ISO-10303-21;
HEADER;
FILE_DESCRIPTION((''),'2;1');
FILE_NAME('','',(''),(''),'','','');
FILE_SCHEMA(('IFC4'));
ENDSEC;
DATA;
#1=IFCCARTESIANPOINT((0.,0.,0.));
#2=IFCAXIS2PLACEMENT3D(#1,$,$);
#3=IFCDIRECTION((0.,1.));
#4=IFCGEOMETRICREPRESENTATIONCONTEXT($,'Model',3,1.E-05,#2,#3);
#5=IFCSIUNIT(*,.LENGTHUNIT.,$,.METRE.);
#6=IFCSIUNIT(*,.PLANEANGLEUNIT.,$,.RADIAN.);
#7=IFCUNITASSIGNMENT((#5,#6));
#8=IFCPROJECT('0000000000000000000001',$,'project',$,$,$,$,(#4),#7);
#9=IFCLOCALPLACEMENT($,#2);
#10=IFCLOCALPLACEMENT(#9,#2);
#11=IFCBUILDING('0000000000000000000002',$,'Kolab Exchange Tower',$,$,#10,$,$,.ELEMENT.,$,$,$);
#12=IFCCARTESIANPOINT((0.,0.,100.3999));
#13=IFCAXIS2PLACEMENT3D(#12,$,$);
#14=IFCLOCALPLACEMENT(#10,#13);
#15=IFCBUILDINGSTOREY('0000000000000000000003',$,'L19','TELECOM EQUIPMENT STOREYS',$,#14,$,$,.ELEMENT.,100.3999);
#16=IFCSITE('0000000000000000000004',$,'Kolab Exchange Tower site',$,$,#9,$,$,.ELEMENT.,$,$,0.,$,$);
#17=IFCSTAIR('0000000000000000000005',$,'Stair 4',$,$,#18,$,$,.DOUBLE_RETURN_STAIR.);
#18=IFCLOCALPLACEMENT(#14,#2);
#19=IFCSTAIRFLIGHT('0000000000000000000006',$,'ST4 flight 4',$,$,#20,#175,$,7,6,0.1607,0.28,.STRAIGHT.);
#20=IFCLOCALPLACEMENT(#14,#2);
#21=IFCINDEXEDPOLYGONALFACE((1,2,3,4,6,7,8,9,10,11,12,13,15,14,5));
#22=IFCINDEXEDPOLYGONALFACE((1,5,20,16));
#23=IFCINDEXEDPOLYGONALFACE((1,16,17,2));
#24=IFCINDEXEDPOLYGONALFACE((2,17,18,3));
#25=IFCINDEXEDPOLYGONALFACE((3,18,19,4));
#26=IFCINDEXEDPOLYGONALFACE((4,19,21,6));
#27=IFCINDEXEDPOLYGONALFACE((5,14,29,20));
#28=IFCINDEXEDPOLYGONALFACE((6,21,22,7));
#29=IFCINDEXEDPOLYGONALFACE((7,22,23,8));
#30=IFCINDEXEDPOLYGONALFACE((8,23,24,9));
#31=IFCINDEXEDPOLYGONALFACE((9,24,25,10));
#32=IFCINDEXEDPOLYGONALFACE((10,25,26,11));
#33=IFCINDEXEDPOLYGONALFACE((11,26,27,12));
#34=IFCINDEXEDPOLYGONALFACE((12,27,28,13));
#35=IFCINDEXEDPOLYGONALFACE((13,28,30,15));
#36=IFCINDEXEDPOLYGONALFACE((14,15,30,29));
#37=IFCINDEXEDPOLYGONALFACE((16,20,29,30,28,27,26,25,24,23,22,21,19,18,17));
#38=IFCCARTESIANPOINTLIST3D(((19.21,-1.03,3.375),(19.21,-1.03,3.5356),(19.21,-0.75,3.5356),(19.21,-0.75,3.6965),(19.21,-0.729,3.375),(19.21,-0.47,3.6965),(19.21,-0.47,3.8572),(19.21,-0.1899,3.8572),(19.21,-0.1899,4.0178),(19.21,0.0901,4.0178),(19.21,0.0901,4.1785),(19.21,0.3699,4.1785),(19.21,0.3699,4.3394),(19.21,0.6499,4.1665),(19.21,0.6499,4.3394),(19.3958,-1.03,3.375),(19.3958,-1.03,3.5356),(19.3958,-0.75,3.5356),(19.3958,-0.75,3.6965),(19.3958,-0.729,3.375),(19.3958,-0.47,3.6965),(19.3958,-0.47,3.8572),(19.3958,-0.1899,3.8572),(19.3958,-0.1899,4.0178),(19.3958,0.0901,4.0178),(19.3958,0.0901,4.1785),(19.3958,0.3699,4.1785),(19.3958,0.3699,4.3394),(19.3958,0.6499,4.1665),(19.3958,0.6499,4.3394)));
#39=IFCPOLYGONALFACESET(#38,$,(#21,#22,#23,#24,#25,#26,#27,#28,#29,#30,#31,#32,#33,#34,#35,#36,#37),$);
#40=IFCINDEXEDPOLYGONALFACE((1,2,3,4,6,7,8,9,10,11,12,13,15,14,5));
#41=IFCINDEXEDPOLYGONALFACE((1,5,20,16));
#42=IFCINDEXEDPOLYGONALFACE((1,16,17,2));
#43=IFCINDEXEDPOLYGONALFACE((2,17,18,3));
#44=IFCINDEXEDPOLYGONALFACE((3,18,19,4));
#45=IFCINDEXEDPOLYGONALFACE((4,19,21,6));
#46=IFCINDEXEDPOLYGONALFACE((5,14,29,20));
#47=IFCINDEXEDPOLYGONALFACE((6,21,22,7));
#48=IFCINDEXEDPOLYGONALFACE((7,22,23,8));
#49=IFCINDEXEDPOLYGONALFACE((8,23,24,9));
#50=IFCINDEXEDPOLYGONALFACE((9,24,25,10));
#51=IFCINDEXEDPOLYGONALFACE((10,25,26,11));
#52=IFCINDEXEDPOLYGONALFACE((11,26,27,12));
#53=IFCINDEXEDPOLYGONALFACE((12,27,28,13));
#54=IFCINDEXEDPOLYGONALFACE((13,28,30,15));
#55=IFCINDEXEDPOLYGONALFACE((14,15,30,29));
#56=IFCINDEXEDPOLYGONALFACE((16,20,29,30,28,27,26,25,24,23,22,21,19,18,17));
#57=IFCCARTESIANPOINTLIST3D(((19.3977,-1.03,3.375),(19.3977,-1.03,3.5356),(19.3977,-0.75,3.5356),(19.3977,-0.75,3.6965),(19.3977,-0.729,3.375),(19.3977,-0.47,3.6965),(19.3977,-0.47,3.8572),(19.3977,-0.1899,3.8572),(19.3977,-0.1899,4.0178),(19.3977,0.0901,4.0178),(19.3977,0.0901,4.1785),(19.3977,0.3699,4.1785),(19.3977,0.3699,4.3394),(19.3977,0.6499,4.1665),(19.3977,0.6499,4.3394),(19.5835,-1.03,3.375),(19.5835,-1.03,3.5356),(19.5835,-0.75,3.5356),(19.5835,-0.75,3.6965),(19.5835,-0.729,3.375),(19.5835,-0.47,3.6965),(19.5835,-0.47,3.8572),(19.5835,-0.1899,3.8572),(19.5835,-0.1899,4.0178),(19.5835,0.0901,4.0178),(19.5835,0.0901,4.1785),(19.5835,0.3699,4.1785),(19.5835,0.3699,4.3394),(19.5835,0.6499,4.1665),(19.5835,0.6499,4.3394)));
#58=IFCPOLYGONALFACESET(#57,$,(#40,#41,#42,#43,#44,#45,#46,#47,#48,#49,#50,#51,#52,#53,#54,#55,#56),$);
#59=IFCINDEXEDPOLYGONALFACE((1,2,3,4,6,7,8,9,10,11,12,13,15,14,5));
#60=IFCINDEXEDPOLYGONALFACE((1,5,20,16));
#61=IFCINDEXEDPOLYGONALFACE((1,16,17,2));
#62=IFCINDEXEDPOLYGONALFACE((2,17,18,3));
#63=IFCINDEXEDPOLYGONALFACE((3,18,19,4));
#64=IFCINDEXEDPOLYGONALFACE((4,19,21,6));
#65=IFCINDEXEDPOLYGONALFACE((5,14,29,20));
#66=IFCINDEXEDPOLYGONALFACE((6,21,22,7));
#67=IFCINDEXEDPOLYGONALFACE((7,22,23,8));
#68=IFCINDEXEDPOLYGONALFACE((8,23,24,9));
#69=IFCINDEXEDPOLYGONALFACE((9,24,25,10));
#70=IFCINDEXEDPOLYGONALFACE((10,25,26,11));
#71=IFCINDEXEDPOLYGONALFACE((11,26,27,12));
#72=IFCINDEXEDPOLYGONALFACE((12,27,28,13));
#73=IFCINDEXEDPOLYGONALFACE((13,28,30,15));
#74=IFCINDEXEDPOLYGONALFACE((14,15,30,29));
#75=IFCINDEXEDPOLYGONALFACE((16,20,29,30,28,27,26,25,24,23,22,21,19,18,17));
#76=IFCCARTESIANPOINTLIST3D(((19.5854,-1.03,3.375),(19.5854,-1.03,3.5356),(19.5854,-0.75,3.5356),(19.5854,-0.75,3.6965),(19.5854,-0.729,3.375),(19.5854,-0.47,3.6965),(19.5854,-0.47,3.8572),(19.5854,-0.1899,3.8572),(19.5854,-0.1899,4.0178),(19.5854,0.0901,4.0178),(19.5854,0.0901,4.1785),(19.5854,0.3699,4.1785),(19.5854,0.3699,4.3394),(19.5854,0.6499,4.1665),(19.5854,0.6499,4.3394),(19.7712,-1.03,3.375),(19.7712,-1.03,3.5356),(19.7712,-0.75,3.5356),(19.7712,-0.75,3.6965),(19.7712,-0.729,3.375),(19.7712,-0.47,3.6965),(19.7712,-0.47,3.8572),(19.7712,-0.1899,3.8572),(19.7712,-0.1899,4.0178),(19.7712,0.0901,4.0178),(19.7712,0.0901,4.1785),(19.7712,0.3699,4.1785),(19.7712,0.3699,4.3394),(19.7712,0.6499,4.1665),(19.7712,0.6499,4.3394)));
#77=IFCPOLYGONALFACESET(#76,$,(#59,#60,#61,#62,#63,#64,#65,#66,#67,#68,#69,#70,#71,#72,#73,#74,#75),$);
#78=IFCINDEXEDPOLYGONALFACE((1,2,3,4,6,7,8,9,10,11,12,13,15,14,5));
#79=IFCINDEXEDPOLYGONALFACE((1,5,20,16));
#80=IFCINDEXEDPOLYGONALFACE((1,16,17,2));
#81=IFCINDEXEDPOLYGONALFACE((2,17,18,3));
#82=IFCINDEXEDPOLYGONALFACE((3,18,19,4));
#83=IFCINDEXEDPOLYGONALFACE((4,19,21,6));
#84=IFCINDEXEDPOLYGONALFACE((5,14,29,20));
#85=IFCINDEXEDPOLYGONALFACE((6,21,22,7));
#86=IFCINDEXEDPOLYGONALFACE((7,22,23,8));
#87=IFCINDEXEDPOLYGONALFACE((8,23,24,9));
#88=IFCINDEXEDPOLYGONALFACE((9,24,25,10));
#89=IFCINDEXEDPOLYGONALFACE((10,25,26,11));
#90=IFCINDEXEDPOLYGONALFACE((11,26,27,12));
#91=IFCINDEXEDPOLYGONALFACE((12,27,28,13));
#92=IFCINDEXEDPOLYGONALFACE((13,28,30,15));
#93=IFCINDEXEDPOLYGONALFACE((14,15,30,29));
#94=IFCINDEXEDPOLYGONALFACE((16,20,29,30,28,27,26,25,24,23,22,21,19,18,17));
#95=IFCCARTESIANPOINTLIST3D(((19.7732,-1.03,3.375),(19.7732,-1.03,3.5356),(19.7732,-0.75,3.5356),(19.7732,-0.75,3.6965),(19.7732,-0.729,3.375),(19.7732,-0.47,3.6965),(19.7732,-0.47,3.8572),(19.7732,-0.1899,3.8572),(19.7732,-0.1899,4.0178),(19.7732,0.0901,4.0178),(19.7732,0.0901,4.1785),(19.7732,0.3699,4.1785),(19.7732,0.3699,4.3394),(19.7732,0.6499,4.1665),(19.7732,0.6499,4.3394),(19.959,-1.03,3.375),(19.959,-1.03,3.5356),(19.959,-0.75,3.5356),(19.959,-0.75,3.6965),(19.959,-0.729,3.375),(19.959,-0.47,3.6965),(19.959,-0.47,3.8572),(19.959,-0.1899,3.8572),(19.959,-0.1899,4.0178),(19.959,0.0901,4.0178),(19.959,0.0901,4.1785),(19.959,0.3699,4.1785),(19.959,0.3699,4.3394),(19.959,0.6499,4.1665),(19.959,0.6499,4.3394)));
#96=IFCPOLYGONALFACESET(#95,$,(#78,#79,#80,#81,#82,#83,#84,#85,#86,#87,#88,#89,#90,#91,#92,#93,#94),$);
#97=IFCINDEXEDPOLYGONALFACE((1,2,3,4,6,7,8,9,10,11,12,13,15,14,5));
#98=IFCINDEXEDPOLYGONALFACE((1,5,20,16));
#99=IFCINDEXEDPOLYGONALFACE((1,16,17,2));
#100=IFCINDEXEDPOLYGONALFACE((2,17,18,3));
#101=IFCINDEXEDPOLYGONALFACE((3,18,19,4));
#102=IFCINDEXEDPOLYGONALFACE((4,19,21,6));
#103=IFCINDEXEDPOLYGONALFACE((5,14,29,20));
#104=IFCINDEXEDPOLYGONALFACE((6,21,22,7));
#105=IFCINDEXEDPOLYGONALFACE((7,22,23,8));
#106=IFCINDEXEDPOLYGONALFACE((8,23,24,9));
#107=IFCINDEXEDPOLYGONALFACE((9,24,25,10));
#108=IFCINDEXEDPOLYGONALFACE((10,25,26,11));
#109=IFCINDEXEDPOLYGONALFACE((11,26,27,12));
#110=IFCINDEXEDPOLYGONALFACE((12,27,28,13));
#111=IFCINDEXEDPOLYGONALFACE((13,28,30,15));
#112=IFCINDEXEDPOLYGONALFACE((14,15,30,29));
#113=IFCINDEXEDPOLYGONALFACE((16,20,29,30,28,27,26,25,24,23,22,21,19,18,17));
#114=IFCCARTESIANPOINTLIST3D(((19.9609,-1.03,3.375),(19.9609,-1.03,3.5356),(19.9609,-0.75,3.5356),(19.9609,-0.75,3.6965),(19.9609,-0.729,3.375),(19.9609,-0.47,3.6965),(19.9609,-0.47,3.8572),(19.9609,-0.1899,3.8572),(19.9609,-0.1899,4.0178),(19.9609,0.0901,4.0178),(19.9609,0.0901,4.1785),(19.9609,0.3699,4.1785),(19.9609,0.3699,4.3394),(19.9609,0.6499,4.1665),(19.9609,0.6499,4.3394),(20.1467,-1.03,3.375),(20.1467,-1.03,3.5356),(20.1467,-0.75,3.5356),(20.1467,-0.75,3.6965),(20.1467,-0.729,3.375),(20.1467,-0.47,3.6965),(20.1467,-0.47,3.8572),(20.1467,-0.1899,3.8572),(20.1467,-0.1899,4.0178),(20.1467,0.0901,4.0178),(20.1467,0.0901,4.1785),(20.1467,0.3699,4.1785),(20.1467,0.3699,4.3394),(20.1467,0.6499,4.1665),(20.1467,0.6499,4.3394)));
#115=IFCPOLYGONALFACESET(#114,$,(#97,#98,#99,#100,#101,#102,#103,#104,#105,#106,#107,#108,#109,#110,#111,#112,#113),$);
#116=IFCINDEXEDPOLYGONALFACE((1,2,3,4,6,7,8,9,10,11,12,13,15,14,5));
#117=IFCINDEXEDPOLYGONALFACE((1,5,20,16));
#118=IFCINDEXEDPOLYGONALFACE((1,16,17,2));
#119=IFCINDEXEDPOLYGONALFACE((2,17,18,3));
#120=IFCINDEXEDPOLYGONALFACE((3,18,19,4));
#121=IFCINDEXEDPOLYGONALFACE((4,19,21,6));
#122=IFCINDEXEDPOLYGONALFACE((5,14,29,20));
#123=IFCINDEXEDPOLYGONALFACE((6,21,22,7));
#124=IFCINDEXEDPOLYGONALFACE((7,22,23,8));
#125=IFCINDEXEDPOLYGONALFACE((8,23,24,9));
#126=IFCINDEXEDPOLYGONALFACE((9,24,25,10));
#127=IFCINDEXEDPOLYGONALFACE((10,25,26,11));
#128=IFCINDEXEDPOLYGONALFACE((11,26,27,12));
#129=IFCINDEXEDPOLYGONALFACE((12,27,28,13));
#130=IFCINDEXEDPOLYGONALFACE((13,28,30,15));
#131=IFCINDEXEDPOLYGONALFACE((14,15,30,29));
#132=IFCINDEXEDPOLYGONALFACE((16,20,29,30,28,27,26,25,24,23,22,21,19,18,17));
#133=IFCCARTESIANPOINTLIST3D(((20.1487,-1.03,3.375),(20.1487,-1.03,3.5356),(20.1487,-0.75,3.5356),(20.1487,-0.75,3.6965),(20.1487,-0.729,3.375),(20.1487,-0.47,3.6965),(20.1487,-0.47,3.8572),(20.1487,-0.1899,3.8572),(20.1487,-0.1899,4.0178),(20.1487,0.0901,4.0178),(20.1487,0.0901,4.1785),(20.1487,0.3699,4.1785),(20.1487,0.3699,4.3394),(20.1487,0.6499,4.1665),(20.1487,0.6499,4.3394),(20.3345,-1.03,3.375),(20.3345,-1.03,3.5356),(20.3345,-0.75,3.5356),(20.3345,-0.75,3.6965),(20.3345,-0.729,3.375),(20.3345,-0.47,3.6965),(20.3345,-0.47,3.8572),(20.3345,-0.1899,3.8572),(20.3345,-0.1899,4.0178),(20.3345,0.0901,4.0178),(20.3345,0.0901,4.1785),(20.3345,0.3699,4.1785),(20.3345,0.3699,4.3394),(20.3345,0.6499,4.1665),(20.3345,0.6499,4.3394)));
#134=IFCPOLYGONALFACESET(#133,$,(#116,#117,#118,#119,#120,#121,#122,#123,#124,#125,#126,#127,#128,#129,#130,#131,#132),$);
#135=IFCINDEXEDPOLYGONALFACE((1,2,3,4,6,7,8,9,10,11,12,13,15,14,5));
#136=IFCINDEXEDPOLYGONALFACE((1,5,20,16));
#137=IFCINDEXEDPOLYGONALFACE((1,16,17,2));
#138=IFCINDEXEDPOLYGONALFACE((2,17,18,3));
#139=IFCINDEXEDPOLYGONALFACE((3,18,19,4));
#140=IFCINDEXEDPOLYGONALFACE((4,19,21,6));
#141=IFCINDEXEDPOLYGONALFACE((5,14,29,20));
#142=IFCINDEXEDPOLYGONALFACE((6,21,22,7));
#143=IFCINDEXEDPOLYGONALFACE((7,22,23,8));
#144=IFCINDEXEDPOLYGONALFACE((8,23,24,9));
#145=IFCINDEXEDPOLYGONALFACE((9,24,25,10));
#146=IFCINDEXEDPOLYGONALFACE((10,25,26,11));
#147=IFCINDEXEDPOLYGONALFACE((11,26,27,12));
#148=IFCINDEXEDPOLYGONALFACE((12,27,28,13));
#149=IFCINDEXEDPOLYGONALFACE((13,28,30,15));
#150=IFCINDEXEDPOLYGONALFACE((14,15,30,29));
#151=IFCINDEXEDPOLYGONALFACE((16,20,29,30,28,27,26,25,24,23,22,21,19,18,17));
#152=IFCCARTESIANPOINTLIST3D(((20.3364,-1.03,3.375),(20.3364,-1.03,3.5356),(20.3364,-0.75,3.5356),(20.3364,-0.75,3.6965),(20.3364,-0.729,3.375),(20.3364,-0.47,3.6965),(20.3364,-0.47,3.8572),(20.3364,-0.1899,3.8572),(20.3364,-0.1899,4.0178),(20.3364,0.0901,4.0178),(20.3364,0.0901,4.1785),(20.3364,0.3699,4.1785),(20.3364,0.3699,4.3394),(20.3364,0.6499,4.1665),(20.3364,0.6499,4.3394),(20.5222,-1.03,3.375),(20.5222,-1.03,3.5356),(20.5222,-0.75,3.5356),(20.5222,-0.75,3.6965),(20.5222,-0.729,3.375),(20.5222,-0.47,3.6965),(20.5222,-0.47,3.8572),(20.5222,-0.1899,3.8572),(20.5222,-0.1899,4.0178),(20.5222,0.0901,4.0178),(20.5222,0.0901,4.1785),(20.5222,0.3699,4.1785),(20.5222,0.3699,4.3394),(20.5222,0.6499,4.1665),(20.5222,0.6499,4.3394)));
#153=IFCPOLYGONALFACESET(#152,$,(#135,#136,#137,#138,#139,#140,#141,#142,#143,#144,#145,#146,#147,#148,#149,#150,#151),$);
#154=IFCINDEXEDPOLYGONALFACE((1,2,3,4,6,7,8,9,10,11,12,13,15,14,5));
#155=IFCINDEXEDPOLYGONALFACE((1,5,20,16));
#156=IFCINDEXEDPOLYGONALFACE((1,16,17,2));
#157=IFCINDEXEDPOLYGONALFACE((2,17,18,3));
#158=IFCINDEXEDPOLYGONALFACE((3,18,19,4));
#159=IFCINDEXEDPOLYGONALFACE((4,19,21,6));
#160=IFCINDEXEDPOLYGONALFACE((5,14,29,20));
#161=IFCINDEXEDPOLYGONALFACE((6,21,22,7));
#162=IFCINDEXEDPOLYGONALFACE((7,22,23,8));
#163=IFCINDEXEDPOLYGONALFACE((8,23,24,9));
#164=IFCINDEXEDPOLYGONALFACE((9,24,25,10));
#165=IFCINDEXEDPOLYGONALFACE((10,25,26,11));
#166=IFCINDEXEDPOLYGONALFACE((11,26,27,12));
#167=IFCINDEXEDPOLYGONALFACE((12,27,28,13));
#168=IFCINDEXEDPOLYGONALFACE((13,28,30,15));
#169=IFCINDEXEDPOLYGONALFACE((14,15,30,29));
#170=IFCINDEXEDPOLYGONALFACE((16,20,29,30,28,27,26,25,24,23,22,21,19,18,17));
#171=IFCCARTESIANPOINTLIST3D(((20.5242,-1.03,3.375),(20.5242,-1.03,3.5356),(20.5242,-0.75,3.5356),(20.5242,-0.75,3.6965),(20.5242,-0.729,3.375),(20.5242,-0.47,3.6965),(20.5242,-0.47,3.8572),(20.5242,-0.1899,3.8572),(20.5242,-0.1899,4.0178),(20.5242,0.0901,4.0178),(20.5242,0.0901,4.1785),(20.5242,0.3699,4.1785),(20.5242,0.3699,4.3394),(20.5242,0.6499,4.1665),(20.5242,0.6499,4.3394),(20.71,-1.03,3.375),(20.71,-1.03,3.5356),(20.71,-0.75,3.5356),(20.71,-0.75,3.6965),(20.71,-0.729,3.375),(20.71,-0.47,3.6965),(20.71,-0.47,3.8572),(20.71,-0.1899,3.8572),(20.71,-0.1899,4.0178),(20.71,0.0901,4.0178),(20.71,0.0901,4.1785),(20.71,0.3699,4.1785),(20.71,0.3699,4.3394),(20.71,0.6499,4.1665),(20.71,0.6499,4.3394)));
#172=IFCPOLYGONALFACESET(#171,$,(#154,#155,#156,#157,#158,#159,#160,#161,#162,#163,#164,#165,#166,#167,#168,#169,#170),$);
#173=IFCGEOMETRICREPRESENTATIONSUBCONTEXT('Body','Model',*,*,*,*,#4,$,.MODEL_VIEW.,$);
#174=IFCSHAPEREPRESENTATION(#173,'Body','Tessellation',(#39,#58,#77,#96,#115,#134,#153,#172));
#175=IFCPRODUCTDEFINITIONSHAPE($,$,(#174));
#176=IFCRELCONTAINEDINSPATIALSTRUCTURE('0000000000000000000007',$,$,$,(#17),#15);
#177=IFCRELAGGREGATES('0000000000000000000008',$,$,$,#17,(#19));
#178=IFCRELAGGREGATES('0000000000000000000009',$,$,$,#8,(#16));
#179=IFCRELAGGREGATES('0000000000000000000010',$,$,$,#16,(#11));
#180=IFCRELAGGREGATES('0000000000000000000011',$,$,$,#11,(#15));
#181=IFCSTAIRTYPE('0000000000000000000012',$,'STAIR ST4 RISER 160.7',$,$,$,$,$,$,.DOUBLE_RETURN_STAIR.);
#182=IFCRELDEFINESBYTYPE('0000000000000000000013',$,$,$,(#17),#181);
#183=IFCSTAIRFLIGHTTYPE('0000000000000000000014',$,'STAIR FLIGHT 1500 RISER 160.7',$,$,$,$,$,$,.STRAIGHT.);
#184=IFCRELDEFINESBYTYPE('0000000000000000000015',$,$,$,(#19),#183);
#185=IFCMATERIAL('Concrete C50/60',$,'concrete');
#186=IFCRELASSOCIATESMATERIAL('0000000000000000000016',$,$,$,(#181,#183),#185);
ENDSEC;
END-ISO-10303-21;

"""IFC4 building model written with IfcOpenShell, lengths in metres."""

from ifc_helpers import new_model, si_unit, direction, frame, origin, place, context, subcontext, project, spatial, polyline, outline, extrude, material, type_object, element, aggregate, save


model = new_model("IFC4")

# Units and contexts
model_context = context("Model", 3, precision=1e-05, world=origin(), true_north=direction((0.0, 1.0)))
body_context = subcontext(model_context, "Body", "Model", "MODEL_VIEW")
ifc_project = project(units=[si_unit("LENGTHUNIT", "METRE"), si_unit("PLANEANGLEUNIT", "RADIAN")], contexts=[model_context])

# Site, building, storey
site_placement = place(None, origin())
site = spatial("IfcSite", under=ifc_project, at=site_placement, Name="Kolab Exchange Tower site", CompositionType="ELEMENT", RefElevation=0.0)
building_placement = place(site_placement, origin())
building = spatial("IfcBuilding", under=site, at=building_placement, Name="Kolab Exchange Tower", CompositionType="ELEMENT")
storey_placement = place(building_placement, frame((0.0, 0.0, 100.3999)))
storey = spatial("IfcBuildingStorey", under=building, at=storey_placement, Name="L19", Description="TELECOM EQUIPMENT STOREYS", CompositionType="ELEMENT", Elevation=100.3999)

# Shared definitions
ifc_material_1 = material(Name="Concrete C50/60", Category="concrete")

# Stair, stair flight
stair_type = type_object("IfcStairType", Name="STAIR ST4 RISER 160.7", PredefinedType="DOUBLE_RETURN_STAIR", material=ifc_material_1)
stair_placement = place(storey_placement, origin())
stair = element("IfcStair", 1, at=stair_placement, inside=storey, type_object=stair_type, Name="Stair 4", PredefinedType="DOUBLE_RETURN_STAIR")
stair_flight_type = type_object("IfcStairFlightType", Name="STAIR FLIGHT 1500 RISER 160.7", PredefinedType="STRAIGHT", material=ifc_material_1)
stair_flight_1_placement = place(storey_placement, frame((19.96, -1.03, 3.375), z_axis=(0.0, 0.0, 1.0), x_axis=(0.0, 1.0, 0.0)))
stair_flight_1 = element("IfcStairFlight", 2, at=stair_flight_1_placement, type_object=stair_flight_type, Name="ST4 flight 4", NumberOfRisers=7, NumberOfTreads=6, PredefinedType="STRAIGHT", RiserHeight=0.1607, TreadLength=0.28, context=body_context, shape_type="SweptSolid", body=[
    extrude(outline(polyline([(0.0, 0.0), (0.0, 0.1606), (0.28, 0.1606), (0.28, 0.3215), (0.5601, 0.3215), (0.5601, 0.4822), (0.8401, 0.4822), (0.8401, 0.6428), (1.1201, 0.6428), (1.1201, 0.8035), (1.3999, 0.8035), (1.3999, 0.9644), (1.6799, 0.9644), (1.6799, 1.125), (1.6799, 0.7915), (0.301, 0.0), (0.0, 0.0)])), frame((0.0, 0.75, 0.0), z_axis=(0.0, -1.0, 0.0), x_axis=(1.0, 0.0, 0.0)), (0.0, 0.0, 1.0), 0.1858),
    extrude(outline(polyline([(0.0, 0.0), (0.0, 0.1606), (0.28, 0.1606), (0.28, 0.3215), (0.5601, 0.3215), (0.5601, 0.4822), (0.8401, 0.4822), (0.8401, 0.6428), (1.1201, 0.6428), (1.1201, 0.8035), (1.3999, 0.8035), (1.3999, 0.9644), (1.6799, 0.9644), (1.6799, 1.125), (1.6799, 0.7915), (0.301, 0.0), (0.0, 0.0)])), frame((0.0, 0.5623, 0.0), z_axis=(0.0, -1.0, 0.0), x_axis=(1.0, 0.0, 0.0)), (0.0, 0.0, 1.0), 0.1858),
    extrude(outline(polyline([(0.0, 0.0), (0.0, 0.1606), (0.28, 0.1606), (0.28, 0.3215), (0.5601, 0.3215), (0.5601, 0.4822), (0.8401, 0.4822), (0.8401, 0.6428), (1.1201, 0.6428), (1.1201, 0.8035), (1.3999, 0.8035), (1.3999, 0.9644), (1.6799, 0.9644), (1.6799, 1.125), (1.6799, 0.7915), (0.301, 0.0), (0.0, 0.0)])), frame((0.0, 0.3745, 0.0), z_axis=(0.0, -1.0, 0.0), x_axis=(1.0, 0.0, 0.0)), (0.0, 0.0, 1.0), 0.1858),
    extrude(outline(polyline([(0.0, 0.0), (0.0, 0.1606), (0.28, 0.1606), (0.28, 0.3215), (0.5601, 0.3215), (0.5601, 0.4822), (0.8401, 0.4822), (0.8401, 0.6428), (1.1201, 0.6428), (1.1201, 0.8035), (1.3999, 0.8035), (1.3999, 0.9644), (1.6799, 0.9644), (1.6799, 1.125), (1.6799, 0.7915), (0.301, 0.0), (0.0, 0.0)])), frame((0.0, 0.1868, 0.0), z_axis=(0.0, -1.0, 0.0), x_axis=(1.0, 0.0, 0.0)), (0.0, 0.0, 1.0), 0.1858),
    extrude(outline(polyline([(0.0, 0.0), (0.0, 0.1606), (0.28, 0.1606), (0.28, 0.3215), (0.5601, 0.3215), (0.5601, 0.4822), (0.8401, 0.4822), (0.8401, 0.6428), (1.1201, 0.6428), (1.1201, 0.8035), (1.3999, 0.8035), (1.3999, 0.9644), (1.6799, 0.9644), (1.6799, 1.125), (1.6799, 0.7915), (0.301, 0.0), (0.0, 0.0)])), frame((0.0, -0.001, 0.0), z_axis=(0.0, -1.0, 0.0), x_axis=(1.0, 0.0, 0.0)), (0.0, 0.0, 1.0), 0.1858),
    extrude(outline(polyline([(0.0, 0.0), (0.0, 0.1606), (0.28, 0.1606), (0.28, 0.3215), (0.5601, 0.3215), (0.5601, 0.4822), (0.8401, 0.4822), (0.8401, 0.6428), (1.1201, 0.6428), (1.1201, 0.8035), (1.3999, 0.8035), (1.3999, 0.9644), (1.6799, 0.9644), (1.6799, 1.125), (1.6799, 0.7915), (0.301, 0.0), (0.0, 0.0)])), frame((0.0, -0.1887, 0.0), z_axis=(0.0, -1.0, 0.0), x_axis=(1.0, 0.0, 0.0)), (0.0, 0.0, 1.0), 0.1858),
    extrude(outline(polyline([(0.0, 0.0), (0.0, 0.1606), (0.28, 0.1606), (0.28, 0.3215), (0.5601, 0.3215), (0.5601, 0.4822), (0.8401, 0.4822), (0.8401, 0.6428), (1.1201, 0.6428), (1.1201, 0.8035), (1.3999, 0.8035), (1.3999, 0.9644), (1.6799, 0.9644), (1.6799, 1.125), (1.6799, 0.7915), (0.301, 0.0), (0.0, 0.0)])), frame((0.0, -0.3765, 0.0), z_axis=(0.0, -1.0, 0.0), x_axis=(1.0, 0.0, 0.0)), (0.0, 0.0, 1.0), 0.1858),
    extrude(outline(polyline([(0.0, 0.0), (0.0, 0.1606), (0.28, 0.1606), (0.28, 0.3215), (0.5601, 0.3215), (0.5601, 0.4822), (0.8401, 0.4822), (0.8401, 0.6428), (1.1201, 0.6428), (1.1201, 0.8035), (1.3999, 0.8035), (1.3999, 0.9644), (1.6799, 0.9644), (1.6799, 1.125), (1.6799, 0.7915), (0.301, 0.0), (0.0, 0.0)])), frame((0.0, -0.5642, 0.0), z_axis=(0.0, -1.0, 0.0), x_axis=(1.0, 0.0, 0.0)), (0.0, 0.0, 1.0), 0.1858),
])
aggregate(stair, [stair_flight_1])

save(model, "model.ifc")
